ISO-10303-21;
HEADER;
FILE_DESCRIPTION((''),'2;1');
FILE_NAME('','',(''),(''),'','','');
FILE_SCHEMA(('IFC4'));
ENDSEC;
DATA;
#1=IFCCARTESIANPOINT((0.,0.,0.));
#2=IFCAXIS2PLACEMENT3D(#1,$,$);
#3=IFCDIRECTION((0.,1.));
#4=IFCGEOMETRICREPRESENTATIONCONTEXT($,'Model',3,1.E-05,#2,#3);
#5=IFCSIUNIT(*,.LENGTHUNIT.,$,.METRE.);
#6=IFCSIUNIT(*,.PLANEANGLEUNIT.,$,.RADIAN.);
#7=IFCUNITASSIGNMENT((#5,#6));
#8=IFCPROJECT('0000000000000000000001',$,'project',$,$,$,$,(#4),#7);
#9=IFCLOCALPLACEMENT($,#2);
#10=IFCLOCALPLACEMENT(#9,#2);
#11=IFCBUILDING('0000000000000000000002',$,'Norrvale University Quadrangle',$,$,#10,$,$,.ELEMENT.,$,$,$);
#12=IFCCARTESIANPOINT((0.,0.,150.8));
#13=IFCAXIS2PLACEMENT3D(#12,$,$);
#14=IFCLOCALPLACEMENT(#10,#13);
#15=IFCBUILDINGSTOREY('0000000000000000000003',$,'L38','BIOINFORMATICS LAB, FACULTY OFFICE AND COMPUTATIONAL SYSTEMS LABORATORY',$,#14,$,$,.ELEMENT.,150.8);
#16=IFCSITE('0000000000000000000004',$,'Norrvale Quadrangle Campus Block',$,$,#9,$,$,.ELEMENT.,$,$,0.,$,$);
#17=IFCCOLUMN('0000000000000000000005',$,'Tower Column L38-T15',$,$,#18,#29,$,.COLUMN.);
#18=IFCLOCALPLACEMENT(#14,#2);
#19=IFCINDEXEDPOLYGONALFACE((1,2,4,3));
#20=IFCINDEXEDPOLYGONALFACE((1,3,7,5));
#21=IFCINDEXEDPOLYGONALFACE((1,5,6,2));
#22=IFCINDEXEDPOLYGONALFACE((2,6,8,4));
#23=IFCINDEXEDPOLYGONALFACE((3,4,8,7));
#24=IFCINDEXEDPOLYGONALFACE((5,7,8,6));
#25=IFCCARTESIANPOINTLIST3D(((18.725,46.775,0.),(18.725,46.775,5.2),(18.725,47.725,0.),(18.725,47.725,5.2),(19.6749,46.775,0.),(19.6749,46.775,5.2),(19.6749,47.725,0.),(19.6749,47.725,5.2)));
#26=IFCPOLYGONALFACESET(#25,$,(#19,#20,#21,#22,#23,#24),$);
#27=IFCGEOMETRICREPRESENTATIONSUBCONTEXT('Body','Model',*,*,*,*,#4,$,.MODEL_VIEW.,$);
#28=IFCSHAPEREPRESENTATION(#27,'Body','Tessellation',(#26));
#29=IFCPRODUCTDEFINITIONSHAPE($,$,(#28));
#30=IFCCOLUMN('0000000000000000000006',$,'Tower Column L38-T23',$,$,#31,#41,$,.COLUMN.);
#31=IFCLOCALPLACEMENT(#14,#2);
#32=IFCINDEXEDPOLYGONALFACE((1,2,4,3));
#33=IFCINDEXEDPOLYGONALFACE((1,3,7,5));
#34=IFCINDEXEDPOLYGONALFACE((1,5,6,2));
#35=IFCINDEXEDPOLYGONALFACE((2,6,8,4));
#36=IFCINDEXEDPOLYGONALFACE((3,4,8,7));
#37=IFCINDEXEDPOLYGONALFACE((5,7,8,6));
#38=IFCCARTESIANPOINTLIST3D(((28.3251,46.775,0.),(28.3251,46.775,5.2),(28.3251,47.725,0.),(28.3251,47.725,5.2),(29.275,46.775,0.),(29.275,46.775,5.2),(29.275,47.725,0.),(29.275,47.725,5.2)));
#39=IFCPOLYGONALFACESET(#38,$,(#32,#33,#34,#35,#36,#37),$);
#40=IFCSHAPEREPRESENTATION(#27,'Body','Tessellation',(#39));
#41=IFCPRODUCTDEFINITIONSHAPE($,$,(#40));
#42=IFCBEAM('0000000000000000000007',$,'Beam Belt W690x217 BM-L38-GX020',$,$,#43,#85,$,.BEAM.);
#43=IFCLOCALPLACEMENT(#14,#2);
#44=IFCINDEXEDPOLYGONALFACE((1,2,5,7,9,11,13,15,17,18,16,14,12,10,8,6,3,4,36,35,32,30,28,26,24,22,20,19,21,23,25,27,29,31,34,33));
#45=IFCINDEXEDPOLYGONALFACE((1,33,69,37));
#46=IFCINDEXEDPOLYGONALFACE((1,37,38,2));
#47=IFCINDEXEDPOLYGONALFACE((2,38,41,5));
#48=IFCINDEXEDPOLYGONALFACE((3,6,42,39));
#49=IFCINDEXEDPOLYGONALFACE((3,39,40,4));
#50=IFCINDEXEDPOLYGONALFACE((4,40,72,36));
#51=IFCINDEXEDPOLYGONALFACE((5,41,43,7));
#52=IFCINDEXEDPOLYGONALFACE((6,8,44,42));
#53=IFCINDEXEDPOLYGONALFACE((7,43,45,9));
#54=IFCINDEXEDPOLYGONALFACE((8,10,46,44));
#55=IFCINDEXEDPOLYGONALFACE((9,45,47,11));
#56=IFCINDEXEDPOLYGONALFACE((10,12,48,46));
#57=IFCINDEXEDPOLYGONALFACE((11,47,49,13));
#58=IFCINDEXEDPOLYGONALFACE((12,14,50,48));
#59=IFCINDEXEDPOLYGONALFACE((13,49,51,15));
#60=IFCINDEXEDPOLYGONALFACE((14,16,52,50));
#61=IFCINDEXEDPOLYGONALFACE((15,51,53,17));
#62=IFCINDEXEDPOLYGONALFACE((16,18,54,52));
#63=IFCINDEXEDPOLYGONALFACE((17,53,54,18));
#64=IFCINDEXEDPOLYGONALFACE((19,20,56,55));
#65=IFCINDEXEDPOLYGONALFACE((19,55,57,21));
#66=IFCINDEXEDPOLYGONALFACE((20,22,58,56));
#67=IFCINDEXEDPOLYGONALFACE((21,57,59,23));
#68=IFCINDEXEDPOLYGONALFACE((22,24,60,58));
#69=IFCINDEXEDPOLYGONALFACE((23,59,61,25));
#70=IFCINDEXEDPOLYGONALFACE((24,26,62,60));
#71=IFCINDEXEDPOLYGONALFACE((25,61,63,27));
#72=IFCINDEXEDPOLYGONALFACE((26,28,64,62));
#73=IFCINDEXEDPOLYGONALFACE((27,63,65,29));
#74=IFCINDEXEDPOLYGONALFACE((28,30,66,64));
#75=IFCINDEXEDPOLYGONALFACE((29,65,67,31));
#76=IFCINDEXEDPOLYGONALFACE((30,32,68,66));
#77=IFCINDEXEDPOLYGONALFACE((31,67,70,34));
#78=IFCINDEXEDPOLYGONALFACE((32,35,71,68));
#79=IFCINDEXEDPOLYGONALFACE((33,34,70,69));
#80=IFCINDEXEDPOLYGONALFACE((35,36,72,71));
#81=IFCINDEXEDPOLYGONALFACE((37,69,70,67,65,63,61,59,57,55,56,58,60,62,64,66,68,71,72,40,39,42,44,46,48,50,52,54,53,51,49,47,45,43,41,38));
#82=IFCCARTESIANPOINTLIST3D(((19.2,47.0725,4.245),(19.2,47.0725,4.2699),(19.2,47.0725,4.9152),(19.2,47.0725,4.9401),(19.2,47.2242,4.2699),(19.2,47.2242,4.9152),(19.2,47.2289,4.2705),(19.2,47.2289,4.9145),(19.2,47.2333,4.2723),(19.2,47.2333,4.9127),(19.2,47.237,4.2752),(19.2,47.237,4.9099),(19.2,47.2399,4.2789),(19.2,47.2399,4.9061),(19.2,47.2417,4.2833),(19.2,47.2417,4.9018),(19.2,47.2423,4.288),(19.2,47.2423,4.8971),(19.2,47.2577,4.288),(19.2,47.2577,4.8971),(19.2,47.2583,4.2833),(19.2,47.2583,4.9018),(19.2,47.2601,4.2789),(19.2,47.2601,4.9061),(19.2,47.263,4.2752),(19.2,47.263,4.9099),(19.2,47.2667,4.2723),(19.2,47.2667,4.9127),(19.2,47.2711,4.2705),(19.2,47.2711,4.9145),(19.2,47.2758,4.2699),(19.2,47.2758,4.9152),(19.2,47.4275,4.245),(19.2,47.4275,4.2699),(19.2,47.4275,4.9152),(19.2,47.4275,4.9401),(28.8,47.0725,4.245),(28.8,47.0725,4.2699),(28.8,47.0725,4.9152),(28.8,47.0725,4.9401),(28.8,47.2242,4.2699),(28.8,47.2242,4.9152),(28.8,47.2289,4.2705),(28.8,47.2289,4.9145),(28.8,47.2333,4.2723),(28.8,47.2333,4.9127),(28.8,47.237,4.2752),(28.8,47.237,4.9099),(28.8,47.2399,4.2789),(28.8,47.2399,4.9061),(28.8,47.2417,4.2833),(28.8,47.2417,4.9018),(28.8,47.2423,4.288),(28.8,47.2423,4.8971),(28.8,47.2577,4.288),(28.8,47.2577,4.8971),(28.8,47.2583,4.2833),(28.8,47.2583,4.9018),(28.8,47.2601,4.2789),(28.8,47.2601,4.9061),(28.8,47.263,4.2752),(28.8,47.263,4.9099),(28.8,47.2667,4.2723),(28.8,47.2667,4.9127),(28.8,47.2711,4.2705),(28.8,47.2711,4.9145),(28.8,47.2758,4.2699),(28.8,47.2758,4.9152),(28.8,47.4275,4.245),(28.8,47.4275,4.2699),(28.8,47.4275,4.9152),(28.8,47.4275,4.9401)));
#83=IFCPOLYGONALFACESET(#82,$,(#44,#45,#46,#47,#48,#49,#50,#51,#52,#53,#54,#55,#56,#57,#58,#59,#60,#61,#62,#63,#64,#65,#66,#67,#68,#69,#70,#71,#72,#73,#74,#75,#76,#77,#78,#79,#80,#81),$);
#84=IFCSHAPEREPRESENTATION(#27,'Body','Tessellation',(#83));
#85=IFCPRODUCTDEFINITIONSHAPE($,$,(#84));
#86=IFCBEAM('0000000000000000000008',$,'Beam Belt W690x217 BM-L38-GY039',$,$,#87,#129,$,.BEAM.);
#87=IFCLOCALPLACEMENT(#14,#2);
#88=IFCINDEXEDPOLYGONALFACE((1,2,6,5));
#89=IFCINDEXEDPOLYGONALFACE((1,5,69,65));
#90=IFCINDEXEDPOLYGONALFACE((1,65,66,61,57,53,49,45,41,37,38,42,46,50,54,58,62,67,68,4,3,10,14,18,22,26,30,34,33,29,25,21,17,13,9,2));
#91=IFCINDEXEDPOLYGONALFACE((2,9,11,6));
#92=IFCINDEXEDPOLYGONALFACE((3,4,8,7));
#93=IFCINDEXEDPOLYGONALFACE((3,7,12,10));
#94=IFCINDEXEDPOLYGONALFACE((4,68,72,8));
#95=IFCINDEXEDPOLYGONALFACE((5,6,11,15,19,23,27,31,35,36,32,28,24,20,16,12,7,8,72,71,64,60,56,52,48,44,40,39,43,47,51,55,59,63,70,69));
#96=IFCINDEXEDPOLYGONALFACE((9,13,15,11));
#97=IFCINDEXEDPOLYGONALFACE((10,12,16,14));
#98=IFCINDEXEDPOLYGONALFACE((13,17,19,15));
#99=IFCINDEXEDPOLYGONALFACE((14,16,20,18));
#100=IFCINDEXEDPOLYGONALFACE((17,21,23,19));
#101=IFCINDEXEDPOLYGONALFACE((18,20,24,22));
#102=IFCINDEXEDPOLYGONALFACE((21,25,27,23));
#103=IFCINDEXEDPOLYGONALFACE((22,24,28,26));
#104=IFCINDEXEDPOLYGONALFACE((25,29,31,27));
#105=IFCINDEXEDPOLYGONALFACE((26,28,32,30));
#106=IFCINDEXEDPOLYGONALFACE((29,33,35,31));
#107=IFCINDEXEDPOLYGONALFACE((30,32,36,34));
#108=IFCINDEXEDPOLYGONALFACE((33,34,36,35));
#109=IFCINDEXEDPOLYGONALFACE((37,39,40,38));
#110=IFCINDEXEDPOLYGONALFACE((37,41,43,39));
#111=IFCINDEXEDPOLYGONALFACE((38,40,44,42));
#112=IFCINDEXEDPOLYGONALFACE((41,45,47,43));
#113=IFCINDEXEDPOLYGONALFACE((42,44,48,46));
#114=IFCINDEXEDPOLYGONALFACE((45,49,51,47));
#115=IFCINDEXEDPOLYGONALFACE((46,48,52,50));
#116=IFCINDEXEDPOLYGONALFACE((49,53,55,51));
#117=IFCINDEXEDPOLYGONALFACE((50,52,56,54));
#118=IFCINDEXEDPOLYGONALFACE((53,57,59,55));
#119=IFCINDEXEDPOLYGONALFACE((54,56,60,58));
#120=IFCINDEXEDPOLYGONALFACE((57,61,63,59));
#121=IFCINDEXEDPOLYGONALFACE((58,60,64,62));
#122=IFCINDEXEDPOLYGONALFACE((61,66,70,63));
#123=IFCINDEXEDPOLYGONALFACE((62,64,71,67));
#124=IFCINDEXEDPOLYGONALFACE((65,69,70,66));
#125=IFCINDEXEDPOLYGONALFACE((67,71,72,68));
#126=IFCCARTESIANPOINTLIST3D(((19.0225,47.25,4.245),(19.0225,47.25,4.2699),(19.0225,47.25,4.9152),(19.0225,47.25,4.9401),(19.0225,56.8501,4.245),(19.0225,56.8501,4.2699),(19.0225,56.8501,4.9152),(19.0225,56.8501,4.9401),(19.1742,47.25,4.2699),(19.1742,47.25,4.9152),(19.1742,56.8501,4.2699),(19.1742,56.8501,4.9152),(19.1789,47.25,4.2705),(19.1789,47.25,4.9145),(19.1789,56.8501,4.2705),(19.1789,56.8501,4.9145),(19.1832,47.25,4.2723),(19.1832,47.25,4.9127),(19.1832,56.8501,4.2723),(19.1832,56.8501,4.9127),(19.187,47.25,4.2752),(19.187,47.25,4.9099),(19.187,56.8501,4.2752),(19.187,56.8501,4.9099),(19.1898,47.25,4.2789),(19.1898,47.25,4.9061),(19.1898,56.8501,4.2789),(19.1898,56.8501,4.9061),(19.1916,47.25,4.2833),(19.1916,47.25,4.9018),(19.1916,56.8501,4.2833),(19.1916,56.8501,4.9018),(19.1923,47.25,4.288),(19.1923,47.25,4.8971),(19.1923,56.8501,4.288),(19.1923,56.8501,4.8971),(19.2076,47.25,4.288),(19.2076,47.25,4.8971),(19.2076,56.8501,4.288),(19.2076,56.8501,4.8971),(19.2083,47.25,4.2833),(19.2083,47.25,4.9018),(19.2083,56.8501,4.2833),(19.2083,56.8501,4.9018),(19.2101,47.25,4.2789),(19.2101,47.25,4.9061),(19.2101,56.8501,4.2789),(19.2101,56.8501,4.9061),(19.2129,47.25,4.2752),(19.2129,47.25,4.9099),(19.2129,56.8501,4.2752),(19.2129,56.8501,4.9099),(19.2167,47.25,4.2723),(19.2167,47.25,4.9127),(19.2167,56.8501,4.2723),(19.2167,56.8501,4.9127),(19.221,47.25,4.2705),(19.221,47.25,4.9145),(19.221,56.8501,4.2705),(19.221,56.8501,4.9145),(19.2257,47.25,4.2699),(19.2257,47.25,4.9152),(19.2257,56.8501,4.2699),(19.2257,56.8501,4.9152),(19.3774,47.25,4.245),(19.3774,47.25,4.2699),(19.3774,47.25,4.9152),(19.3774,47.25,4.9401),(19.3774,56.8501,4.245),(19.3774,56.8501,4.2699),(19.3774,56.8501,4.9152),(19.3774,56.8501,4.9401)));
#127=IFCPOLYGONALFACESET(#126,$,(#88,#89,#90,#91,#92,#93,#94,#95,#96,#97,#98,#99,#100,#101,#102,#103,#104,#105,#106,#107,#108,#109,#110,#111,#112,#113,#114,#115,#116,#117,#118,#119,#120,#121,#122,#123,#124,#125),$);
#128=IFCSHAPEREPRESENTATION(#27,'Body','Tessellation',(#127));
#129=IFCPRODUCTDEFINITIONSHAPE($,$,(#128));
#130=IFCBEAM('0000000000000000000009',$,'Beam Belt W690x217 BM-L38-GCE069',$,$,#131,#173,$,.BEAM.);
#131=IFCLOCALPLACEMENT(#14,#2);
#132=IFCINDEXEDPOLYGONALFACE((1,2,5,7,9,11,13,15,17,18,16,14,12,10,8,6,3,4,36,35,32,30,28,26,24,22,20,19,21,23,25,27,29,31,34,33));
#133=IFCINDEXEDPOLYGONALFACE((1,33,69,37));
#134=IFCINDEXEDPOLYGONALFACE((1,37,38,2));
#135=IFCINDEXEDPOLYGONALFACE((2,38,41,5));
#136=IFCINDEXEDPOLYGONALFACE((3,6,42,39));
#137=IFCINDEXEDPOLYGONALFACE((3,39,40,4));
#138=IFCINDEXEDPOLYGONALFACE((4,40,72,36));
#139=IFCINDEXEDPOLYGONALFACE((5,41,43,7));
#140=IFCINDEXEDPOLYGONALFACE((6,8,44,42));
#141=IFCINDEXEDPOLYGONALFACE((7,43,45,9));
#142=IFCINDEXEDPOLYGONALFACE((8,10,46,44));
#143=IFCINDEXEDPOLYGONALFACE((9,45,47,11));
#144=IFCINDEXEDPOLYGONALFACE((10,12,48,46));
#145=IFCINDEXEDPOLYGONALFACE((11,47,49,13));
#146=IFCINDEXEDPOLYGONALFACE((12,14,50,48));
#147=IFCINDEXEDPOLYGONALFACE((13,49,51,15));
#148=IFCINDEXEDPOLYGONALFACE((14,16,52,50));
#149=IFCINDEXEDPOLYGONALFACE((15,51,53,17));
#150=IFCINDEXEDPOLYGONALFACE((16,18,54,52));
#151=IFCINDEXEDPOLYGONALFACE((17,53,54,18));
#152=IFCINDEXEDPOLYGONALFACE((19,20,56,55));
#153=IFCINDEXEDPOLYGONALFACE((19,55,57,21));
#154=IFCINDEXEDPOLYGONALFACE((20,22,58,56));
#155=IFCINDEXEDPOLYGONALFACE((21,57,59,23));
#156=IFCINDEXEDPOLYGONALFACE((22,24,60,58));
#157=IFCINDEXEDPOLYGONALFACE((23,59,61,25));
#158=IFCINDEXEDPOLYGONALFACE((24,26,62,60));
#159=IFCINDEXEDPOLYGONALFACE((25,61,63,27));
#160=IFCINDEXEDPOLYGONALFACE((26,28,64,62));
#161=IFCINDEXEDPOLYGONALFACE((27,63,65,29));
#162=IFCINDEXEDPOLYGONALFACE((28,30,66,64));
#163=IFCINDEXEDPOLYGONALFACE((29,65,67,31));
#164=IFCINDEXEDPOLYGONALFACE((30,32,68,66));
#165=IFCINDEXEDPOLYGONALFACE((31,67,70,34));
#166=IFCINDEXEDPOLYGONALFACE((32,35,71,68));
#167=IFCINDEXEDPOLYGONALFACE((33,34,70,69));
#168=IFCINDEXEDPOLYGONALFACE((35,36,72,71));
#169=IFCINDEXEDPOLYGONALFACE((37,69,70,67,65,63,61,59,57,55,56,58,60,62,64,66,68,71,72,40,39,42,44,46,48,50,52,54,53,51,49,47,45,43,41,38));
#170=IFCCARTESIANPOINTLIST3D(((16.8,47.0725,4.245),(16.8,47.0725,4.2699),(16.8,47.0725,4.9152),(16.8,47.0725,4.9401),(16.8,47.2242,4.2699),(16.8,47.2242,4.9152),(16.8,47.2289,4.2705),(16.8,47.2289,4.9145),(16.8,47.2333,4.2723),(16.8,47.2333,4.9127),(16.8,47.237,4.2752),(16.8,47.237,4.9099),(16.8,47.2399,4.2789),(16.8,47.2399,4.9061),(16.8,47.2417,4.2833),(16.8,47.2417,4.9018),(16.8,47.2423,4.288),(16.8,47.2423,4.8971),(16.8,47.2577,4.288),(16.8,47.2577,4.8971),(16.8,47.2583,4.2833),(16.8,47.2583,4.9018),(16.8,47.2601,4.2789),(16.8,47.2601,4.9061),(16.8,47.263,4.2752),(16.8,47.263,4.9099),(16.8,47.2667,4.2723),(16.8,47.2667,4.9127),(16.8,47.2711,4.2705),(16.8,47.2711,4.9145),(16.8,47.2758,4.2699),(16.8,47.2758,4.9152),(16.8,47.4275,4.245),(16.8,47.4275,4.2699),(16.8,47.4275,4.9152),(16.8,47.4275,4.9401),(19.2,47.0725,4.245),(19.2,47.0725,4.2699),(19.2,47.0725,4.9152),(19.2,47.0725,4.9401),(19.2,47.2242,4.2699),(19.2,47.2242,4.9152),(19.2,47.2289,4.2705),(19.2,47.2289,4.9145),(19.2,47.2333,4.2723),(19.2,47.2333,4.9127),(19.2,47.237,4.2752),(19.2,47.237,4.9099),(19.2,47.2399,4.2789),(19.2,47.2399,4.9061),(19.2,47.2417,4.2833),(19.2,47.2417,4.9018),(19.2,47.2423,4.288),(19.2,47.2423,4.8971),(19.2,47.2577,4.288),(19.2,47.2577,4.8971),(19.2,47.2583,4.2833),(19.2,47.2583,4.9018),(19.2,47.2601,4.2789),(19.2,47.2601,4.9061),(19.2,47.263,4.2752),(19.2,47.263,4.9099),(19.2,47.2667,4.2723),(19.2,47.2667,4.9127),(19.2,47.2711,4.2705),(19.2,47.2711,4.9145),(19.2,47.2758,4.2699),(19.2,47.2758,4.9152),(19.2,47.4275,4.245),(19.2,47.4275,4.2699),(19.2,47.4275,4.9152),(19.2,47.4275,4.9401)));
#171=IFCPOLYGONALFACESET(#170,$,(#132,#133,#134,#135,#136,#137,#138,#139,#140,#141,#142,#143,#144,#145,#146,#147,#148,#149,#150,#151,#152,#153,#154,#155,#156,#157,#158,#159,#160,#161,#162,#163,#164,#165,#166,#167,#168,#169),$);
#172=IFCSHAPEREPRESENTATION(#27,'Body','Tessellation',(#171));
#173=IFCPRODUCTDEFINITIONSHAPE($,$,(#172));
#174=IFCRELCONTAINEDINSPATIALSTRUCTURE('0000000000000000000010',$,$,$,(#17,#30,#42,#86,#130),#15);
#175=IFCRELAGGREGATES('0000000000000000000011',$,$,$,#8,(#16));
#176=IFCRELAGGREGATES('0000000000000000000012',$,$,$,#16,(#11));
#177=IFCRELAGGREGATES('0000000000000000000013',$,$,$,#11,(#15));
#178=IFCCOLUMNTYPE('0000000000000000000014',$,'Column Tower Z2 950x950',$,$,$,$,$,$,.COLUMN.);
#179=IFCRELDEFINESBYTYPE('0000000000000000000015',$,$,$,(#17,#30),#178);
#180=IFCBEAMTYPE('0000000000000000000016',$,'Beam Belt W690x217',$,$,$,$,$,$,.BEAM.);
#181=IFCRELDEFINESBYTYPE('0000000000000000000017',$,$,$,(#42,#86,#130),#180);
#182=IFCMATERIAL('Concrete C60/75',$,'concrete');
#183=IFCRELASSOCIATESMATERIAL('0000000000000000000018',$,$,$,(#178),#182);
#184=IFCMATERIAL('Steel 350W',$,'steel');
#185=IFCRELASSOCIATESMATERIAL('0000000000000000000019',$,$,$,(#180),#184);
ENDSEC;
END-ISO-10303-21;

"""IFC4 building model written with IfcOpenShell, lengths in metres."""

from ifc_helpers import new_model, si_unit, direction, frame, origin, origin_2d, place, context, subcontext, project, spatial, rectangle, i_section, extrude, material, material_profile, profile_set, type_object, element, save


model = new_model("IFC4")

# Units and contexts
model_context = context("Model", 3, precision=1e-05, world=origin(), true_north=direction((0.0, 1.0)))
body_context = subcontext(model_context, "Body", "Model", "MODEL_VIEW")
ifc_project = project(units=[si_unit("LENGTHUNIT", "METRE"), si_unit("PLANEANGLEUNIT", "RADIAN")], contexts=[model_context])

# Site, building, storey
site_placement = place(None, origin())
site = spatial("IfcSite", under=ifc_project, at=site_placement, Name="Norrvale Quadrangle Campus Block", CompositionType="ELEMENT", RefElevation=0.0)
building_placement = place(site_placement, origin())
building = spatial("IfcBuilding", under=site, at=building_placement, Name="Norrvale University Quadrangle", CompositionType="ELEMENT")
storey_placement = place(building_placement, frame((0.0, 0.0, 150.8)))
storey = spatial("IfcBuildingStorey", under=building, at=storey_placement, Name="L38", Description="BIOINFORMATICS LAB, FACULTY OFFICE AND COMPUTATIONAL SYSTEMS LABORATORY", CompositionType="ELEMENT", Elevation=150.8)

# Columns
ifc_material_1 = material(Name="Concrete C60/75", Category="concrete")
ifc_material_profile_1 = material_profile(ifc_material_1, rectangle(XDim=0.95, YDim=0.95, at=origin_2d()), Name="Concrete C60/75")
ifc_profile_set_1 = profile_set([ifc_material_profile_1], Name="Concrete C60/75")
column_type = type_object("IfcColumnType", Name="Column Tower Z2 950x950", PredefinedType="COLUMN", material=ifc_profile_set_1)
for number, where, z_axis, x_axis, name in (
    (1, (19.2, 47.25, 0.0), (0.0, 0.0, 1.0), (1.0, 0.0, 0.0), "Tower Column L38-T15"),
    (2, (28.8, 47.25, 0.0), (0.0, 0.0, 1.0), (1.0, 0.0, 0.0), "Tower Column L38-T23"),
):
    element("IfcColumn", number, at=place(storey_placement, frame(where, z_axis=z_axis, x_axis=x_axis)), inside=storey, type_object=column_type, Name=name, PredefinedType="COLUMN", context=body_context, shape_type="SweptSolid", body=[
        extrude(rectangle(XDim=0.95, YDim=0.95, at=origin_2d()), origin(), (0.0, 0.0, 1.0), 5.2),
    ])

# Beams
ifc_material_2 = material(Name="Steel 350W", Category="steel")
ifc_material_profile_2 = material_profile(ifc_material_2, i_section(OverallWidth=0.355, OverallDepth=0.6951, WebThickness=0.0154, FlangeThickness=0.0249, FilletRadius=0.0181, at=origin_2d()), Name="Steel 350W")
ifc_profile_set_2 = profile_set([ifc_material_profile_2], Name="Steel 350W")
beam_type_1 = type_object("IfcBeamType", Name="Beam Belt W690x217", PredefinedType="BEAM", material=ifc_profile_set_2)
for number, where, z_axis, x_axis, name in (
    (3, (19.2, 47.25, 4.5925), (1.0, 0.0, 0.0), (0.0, 1.0, 0.0), "Beam Belt W690x217 BM-L38-GX020"),
    (4, (19.2, 47.25, 4.5925), (0.0, 1.0, 0.0), (-1.0, 0.0, 0.0), "Beam Belt W690x217 BM-L38-GY039"),
):
    element("IfcBeam", number, at=place(storey_placement, frame(where, z_axis=z_axis, x_axis=x_axis)), inside=storey, type_object=beam_type_1, Name=name, PredefinedType="BEAM", context=body_context, shape_type="SweptSolid", body=[
        extrude(i_section(OverallWidth=0.355, OverallDepth=0.6951, WebThickness=0.0154, FlangeThickness=0.0249, FilletRadius=0.0181, at=origin_2d()), origin(), (0.0, 0.0, 1.0), 9.6001),
    ])
beam_1_placement = place(storey_placement, frame((16.8, 47.25, 4.5925), z_axis=(1.0, 0.0, 0.0), x_axis=(0.0, 1.0, 0.0)))
element("IfcBeam", 5, at=beam_1_placement, inside=storey, type_object=beam_type_1, Name="Beam Belt W690x217 BM-L38-GCE069", PredefinedType="BEAM", context=body_context, shape_type="SweptSolid", body=[
    extrude(i_section(OverallWidth=0.355, OverallDepth=0.6951, WebThickness=0.0154, FlangeThickness=0.0249, FilletRadius=0.0181, at=origin_2d()), origin(), (0.0, 0.0, 1.0), 2.3999),
])

save(model, "model.ifc")
